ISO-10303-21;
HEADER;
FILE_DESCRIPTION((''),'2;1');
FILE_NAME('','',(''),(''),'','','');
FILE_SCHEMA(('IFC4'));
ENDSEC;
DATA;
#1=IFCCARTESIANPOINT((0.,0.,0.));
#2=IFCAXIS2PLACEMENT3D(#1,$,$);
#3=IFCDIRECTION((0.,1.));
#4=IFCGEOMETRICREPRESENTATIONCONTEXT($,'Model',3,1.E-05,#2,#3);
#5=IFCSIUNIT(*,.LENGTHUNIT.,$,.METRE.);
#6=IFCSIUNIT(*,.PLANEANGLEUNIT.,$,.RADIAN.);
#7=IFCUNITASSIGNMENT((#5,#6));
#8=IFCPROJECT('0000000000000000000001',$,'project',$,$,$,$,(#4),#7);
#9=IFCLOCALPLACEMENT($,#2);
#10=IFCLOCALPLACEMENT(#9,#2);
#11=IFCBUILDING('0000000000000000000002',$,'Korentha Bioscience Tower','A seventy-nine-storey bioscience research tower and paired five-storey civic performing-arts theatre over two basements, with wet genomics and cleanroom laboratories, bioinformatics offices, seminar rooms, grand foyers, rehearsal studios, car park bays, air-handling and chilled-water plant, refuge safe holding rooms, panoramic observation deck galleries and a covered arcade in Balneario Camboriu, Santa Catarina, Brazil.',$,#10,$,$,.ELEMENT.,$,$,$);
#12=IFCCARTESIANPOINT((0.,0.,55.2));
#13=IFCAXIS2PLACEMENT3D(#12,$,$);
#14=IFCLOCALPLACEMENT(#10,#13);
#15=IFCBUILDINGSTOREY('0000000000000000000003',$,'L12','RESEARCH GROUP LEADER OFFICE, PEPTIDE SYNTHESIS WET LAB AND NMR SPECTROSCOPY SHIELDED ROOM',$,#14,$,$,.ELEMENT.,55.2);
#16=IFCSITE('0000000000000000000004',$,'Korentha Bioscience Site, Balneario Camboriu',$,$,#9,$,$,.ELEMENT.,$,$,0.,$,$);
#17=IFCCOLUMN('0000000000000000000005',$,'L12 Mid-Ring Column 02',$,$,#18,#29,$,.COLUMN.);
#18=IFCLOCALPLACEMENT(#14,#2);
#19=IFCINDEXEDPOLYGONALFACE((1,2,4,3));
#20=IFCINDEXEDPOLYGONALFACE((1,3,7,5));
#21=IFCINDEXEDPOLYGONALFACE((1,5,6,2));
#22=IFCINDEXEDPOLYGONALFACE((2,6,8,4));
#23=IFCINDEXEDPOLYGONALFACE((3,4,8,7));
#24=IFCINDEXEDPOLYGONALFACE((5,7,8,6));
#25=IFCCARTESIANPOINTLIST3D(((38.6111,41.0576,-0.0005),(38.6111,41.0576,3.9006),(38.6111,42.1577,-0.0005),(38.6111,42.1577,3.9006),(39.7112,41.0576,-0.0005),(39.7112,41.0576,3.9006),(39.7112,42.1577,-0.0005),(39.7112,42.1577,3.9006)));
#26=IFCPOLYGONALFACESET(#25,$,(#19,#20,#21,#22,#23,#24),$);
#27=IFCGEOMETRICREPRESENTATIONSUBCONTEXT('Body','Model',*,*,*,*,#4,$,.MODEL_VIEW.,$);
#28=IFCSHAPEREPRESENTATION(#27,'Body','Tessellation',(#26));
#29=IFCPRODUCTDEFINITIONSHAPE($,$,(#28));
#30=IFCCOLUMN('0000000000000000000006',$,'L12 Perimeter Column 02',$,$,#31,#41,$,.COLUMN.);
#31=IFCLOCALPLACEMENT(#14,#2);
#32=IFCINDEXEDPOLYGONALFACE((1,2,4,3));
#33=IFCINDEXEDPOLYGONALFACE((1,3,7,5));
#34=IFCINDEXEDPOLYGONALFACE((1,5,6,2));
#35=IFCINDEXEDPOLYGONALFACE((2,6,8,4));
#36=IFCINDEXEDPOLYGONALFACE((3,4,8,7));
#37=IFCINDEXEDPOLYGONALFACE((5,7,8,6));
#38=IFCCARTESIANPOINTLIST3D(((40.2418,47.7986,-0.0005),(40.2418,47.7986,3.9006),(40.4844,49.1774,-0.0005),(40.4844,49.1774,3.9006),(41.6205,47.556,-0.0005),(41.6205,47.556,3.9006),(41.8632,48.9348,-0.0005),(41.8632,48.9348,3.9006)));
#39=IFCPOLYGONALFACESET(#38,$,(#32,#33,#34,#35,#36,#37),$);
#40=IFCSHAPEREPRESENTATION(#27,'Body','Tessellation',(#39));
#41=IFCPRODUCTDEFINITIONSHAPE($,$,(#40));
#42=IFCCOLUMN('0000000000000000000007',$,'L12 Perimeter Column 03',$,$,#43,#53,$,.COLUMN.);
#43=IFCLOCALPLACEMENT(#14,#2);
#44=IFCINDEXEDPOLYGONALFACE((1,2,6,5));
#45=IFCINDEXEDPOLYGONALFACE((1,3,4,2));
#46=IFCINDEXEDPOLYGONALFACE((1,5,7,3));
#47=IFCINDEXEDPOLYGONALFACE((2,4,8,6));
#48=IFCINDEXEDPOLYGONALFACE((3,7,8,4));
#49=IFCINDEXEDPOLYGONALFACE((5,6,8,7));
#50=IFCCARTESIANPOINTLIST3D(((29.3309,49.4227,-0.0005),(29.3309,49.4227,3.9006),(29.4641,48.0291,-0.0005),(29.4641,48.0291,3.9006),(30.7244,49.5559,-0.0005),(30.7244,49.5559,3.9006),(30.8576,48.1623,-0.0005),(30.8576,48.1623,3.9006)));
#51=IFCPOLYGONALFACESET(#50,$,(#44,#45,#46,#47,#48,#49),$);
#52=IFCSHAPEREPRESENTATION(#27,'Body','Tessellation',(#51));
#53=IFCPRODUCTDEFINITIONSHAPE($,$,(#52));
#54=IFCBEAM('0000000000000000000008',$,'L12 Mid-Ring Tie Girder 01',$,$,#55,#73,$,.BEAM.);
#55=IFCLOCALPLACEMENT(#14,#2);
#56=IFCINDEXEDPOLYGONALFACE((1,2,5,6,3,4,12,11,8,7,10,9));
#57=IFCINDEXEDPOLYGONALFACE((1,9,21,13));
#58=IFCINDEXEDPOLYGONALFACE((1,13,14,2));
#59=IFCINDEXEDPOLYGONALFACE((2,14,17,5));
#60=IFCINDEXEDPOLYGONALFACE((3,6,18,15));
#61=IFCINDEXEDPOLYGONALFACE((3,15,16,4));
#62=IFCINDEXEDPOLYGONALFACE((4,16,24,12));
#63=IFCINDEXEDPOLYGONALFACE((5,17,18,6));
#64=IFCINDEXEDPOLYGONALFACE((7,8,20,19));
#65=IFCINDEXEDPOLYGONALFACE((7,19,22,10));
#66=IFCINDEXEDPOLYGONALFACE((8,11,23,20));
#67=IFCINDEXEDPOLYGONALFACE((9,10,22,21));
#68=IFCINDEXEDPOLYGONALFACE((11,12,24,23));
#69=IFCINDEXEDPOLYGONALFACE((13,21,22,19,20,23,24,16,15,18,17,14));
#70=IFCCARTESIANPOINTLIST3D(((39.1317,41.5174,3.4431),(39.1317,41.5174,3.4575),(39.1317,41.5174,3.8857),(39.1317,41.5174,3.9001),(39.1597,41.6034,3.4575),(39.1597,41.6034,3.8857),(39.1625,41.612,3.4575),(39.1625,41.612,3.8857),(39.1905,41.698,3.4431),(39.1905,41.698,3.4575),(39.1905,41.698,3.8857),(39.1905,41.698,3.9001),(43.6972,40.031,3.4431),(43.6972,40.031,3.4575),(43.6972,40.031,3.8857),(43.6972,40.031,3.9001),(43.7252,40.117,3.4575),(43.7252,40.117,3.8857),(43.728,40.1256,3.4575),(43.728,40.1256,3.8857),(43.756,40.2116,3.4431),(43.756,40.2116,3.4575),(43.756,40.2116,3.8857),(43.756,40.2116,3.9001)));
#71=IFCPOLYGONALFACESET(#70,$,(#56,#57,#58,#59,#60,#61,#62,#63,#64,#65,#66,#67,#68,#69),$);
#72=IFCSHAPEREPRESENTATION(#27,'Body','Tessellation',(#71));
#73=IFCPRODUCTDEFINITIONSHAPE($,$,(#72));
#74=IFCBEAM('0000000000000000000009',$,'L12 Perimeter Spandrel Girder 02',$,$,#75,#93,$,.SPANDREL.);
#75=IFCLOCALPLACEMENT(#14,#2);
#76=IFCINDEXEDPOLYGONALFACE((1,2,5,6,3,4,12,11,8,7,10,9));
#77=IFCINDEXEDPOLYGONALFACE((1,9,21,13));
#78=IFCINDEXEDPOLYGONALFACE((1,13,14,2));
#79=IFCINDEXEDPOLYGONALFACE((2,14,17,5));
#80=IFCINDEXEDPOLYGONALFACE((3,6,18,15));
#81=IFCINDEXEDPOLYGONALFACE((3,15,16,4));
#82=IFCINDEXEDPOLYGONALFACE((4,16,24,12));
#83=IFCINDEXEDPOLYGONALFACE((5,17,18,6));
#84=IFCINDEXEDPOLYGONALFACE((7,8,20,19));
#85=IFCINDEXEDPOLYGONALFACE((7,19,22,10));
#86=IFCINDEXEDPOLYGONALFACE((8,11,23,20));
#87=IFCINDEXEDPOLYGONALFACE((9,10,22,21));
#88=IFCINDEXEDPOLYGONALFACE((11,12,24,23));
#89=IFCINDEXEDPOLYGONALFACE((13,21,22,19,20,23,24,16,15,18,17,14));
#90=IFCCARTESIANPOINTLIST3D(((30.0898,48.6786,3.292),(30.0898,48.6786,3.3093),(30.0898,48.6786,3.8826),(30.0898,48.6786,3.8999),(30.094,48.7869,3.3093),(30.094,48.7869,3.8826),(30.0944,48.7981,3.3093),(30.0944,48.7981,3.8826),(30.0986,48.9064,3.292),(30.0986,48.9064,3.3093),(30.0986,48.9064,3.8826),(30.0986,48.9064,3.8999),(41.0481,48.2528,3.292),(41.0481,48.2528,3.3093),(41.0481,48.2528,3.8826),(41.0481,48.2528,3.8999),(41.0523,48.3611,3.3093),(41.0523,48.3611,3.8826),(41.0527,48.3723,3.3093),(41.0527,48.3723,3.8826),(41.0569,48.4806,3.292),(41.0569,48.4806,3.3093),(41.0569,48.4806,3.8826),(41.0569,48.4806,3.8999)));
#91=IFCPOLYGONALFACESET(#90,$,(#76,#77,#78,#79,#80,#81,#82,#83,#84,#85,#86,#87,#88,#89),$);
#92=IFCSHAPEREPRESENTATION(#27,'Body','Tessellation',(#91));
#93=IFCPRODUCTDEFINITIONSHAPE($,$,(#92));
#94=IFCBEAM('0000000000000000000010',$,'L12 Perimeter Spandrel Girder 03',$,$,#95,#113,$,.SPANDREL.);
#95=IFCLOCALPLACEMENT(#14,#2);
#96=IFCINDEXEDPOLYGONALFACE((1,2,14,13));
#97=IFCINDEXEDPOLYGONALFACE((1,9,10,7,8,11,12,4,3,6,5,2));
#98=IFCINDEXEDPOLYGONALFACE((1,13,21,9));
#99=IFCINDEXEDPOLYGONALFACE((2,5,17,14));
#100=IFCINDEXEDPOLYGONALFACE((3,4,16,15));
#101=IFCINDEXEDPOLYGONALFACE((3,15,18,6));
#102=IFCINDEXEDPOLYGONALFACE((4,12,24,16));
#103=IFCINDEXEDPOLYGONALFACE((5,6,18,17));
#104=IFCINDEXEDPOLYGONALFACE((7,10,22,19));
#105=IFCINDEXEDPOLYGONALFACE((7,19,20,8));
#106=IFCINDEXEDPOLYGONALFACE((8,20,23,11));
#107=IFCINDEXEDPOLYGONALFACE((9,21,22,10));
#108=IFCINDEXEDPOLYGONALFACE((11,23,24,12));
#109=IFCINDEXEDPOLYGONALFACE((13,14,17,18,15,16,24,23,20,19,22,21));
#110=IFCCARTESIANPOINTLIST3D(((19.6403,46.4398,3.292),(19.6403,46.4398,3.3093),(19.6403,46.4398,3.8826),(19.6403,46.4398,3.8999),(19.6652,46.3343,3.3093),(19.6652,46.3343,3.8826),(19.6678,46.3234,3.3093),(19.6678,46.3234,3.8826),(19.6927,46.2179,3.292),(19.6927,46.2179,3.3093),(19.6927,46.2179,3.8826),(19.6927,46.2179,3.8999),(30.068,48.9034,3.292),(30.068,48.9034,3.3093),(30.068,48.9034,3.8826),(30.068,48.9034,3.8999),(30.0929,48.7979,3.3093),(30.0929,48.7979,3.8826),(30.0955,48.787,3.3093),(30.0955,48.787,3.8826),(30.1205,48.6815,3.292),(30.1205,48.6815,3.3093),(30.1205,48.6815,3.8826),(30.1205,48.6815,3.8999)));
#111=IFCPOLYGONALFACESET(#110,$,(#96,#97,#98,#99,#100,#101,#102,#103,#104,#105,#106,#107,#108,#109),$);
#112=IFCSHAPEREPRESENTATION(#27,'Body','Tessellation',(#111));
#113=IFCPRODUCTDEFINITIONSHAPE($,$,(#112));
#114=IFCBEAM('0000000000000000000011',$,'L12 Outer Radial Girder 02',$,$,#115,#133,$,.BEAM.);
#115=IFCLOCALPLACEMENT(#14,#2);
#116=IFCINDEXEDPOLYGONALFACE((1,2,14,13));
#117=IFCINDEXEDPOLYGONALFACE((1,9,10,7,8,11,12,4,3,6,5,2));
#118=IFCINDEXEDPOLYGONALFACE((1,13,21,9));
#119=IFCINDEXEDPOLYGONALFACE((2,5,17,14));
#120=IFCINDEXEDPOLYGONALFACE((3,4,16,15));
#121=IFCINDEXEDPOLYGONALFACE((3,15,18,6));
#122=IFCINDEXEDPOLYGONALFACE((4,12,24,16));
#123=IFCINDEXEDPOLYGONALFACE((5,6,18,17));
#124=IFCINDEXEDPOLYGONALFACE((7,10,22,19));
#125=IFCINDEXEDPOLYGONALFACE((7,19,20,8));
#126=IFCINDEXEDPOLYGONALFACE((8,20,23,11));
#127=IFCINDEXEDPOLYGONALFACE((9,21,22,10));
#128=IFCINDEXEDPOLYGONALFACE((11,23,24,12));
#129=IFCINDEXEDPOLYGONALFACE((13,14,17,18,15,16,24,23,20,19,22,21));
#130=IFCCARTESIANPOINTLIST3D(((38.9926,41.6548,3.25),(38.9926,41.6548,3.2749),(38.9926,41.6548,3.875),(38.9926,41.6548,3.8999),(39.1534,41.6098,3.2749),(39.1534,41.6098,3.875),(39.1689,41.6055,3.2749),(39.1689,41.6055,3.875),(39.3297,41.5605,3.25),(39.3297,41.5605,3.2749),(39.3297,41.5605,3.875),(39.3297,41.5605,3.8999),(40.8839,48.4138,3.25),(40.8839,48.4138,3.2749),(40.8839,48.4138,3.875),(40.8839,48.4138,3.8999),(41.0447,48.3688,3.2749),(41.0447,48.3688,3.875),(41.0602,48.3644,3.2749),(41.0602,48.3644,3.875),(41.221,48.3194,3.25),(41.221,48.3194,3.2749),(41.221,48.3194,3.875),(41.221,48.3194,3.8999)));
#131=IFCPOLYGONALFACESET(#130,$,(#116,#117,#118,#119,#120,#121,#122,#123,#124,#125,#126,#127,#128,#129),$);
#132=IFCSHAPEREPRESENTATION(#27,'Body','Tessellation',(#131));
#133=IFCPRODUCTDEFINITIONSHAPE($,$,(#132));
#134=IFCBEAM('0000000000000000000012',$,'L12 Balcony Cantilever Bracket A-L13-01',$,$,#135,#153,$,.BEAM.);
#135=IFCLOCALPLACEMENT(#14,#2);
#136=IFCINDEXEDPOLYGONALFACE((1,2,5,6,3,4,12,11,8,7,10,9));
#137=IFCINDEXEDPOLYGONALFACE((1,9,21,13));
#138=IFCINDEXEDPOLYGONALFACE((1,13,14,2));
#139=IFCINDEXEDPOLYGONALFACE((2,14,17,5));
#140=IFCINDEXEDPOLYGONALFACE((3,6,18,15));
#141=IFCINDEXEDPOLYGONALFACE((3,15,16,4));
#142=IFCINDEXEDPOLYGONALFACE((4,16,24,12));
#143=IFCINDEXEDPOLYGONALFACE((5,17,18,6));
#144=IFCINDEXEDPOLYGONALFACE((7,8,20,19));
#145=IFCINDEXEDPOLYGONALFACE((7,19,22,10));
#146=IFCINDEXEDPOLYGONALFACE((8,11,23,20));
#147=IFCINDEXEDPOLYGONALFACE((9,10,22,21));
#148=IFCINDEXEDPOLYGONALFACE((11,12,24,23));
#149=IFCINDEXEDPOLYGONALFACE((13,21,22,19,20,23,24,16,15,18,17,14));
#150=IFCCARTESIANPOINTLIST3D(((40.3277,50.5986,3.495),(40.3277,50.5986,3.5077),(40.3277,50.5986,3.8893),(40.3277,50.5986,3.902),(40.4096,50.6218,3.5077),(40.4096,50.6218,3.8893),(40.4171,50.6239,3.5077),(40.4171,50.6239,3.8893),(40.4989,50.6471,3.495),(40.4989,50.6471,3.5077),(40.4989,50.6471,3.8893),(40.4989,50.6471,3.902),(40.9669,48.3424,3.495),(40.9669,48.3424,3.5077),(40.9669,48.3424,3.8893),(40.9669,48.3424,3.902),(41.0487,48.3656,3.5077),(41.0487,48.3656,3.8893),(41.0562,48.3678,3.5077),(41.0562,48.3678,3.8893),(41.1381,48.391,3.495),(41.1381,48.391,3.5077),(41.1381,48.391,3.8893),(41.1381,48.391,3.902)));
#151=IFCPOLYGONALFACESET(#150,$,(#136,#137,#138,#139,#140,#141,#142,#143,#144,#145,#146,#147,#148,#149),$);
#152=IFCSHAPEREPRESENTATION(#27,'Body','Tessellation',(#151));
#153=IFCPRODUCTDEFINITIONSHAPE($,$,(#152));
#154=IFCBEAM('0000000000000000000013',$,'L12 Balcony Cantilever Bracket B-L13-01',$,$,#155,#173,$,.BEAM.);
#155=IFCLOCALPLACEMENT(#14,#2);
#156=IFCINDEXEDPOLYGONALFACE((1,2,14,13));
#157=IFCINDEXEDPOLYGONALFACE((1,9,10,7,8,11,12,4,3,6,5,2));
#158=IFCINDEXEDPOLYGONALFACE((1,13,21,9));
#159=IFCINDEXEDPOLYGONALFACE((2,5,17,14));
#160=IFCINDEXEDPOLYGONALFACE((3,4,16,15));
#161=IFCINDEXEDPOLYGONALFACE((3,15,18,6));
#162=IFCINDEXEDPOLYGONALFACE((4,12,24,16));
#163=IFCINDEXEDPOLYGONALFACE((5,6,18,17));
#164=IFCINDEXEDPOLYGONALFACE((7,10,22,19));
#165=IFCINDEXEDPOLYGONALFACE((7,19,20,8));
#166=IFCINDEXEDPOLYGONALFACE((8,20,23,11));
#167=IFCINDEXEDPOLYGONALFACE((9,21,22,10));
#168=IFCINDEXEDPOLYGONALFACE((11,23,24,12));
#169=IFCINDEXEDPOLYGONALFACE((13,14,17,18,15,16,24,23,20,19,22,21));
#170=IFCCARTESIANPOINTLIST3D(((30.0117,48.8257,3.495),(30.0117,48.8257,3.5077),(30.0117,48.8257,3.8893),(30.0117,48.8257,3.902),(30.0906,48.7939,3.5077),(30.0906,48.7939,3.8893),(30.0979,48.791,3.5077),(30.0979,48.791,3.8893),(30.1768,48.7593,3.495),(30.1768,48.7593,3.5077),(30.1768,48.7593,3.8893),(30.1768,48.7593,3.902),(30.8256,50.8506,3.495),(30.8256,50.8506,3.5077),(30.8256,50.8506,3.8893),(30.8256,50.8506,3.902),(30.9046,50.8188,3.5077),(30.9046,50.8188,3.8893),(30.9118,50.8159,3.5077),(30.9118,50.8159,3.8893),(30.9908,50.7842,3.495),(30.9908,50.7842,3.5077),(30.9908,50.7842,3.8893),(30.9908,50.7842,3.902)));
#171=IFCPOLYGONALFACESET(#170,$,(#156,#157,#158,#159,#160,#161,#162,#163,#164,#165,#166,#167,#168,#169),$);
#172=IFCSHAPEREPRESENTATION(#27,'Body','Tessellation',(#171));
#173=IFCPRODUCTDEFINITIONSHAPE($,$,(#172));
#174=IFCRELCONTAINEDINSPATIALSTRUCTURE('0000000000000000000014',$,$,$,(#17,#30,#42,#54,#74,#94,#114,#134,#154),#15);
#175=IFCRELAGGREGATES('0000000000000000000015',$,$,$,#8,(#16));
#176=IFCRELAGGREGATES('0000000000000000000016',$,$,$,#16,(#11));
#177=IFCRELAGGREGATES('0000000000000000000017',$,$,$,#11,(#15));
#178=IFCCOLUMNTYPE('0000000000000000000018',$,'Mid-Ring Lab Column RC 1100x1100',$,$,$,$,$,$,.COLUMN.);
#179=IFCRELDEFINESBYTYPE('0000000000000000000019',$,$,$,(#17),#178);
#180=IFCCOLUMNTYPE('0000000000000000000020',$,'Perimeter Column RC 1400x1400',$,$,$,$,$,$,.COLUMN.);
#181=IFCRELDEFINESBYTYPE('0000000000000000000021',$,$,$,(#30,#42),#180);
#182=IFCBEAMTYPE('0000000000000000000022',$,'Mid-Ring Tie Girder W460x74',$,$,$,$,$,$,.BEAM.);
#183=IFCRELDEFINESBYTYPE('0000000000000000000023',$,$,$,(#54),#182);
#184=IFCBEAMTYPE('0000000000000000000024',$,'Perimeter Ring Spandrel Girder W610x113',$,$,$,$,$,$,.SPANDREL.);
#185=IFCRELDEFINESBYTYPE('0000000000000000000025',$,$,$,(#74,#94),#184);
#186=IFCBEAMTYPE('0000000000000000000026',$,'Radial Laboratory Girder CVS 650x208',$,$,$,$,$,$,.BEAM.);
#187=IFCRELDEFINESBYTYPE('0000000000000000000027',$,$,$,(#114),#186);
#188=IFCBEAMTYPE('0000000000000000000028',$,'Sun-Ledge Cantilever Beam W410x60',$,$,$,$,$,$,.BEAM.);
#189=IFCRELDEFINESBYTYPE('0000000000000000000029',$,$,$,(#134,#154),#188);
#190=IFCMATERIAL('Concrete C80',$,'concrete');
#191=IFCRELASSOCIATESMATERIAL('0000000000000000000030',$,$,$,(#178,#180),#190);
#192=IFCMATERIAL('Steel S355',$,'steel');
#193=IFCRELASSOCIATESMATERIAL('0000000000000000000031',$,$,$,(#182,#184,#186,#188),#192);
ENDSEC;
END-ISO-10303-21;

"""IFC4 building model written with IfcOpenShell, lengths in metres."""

from ifc_helpers import new_model, si_unit, direction, frame, origin, origin_2d, place, context, subcontext, project, spatial, rectangle, i_section, extrude, material, material_profile, profile_set, type_object, element, save


model = new_model("IFC4")

# Units and contexts
model_context = context("Model", 3, precision=1e-05, world=origin(), true_north=direction((0.0, 1.0)))
body_context = subcontext(model_context, "Body", "Model", "MODEL_VIEW")
ifc_project = project(units=[si_unit("LENGTHUNIT", "METRE"), si_unit("PLANEANGLEUNIT", "RADIAN")], contexts=[model_context])

# Site, building, storey
site_placement = place(None, origin())
site = spatial("IfcSite", under=ifc_project, at=site_placement, Name="Korentha Bioscience Site, Balneario Camboriu", CompositionType="ELEMENT", RefElevation=0.0)
building_placement = place(site_placement, origin())
building = spatial("IfcBuilding", under=site, at=building_placement, Name="Korentha Bioscience Tower", Description="A seventy-nine-storey bioscience research tower and paired five-storey civic performing-arts theatre over two basements, with wet genomics and cleanroom laboratories, bioinformatics offices, seminar rooms, grand foyers, rehearsal studios, car park bays, air-handling and chilled-water plant, refuge safe holding rooms, panoramic observation deck galleries and a covered arcade in Balneario Camboriu, Santa Catarina, Brazil.", CompositionType="ELEMENT")
storey_placement = place(building_placement, frame((0.0, 0.0, 55.2)))
storey = spatial("IfcBuildingStorey", under=building, at=storey_placement, Name="L12", Description="RESEARCH GROUP LEADER OFFICE, PEPTIDE SYNTHESIS WET LAB AND NMR SPECTROSCOPY SHIELDED ROOM", CompositionType="ELEMENT", Elevation=55.2)

# Columns
ifc_material_1 = material(Name="Concrete C80", Category="concrete")
ifc_material_profile_1 = material_profile(ifc_material_1, rectangle(XDim=1.1001, YDim=1.1001, at=origin_2d()), Name="Concrete C80")
ifc_profile_set_1 = profile_set([ifc_material_profile_1], Name="Concrete C80 (COL-MR11)")
column_type_1 = type_object("IfcColumnType", Name="Mid-Ring Lab Column RC 1100x1100", PredefinedType="COLUMN", material=ifc_profile_set_1)
column_placement = place(storey_placement, frame((39.1611, 41.6077, -0.0005), z_axis=(0.0, 0.0, 1.0), x_axis=(1.0, 0.0, 0.0)))
element("IfcColumn", 1, at=column_placement, inside=storey, type_object=column_type_1, Name="L12 Mid-Ring Column 02", PredefinedType="COLUMN", context=body_context, shape_type="SweptSolid", body=[
    extrude(rectangle(XDim=1.1001, YDim=1.1001, at=origin_2d()), origin(), (0.0, 0.0, 1.0), 3.9011),
])
ifc_material_profile_2 = material_profile(ifc_material_1, rectangle(XDim=1.3999, YDim=1.3999, at=origin_2d()), Name="Concrete C80")
ifc_profile_set_2 = profile_set([ifc_material_profile_2], Name="Concrete C80 (COL-P14)")
column_type_2 = type_object("IfcColumnType", Name="Perimeter Column RC 1400x1400", PredefinedType="COLUMN", material=ifc_profile_set_2)
for number, where, z_axis, x_axis, name in (
    (2, (41.0525, 48.3667, -0.0005), (0.0, 0.0, 1.0), (-0.984868, 0.173304, 0.0), "L12 Perimeter Column 02"),
    (3, (30.0942, 48.7925, -0.0005), (0.0, 0.0, 1.0), (0.995463, 0.095151, 0.0), "L12 Perimeter Column 03"),
):
    element("IfcColumn", number, at=place(storey_placement, frame(where, z_axis=z_axis, x_axis=x_axis)), inside=storey, type_object=column_type_2, Name=name, PredefinedType="COLUMN", context=body_context, shape_type="SweptSolid", body=[
        extrude(rectangle(XDim=1.3999, YDim=1.3999, at=origin_2d()), origin(), (0.0, 0.0, 1.0), 3.9011),
    ])

# Beams
ifc_material_2 = material(Name="Steel S355", Category="steel")
ifc_material_profile_3 = material_profile(ifc_material_2, i_section(OverallWidth=0.1899, OverallDepth=0.457, WebThickness=0.009, FlangeThickness=0.0144, at=origin_2d()), Name="Steel S355")
ifc_profile_set_3 = profile_set([ifc_material_profile_3], Name="Steel S355 (MB-460)")
beam_type_1 = type_object("IfcBeamType", Name="Mid-Ring Tie Girder W460x74", PredefinedType="BEAM", material=ifc_profile_set_3)
beam_1_placement = place(storey_placement, frame((43.7266, 40.1213, 3.6716), z_axis=(-0.950877, 0.309569, 0.0), x_axis=(-0.309569, -0.950877, 0.0)))
element("IfcBeam", 4, at=beam_1_placement, inside=storey, type_object=beam_type_1, Name="L12 Mid-Ring Tie Girder 01", PredefinedType="BEAM", context=body_context, shape_type="SweptSolid", body=[
    extrude(i_section(OverallWidth=0.1899, OverallDepth=0.457, WebThickness=0.009, FlangeThickness=0.0144, at=origin_2d()), origin(), (0.0, 0.0, 1.0), 4.8013),
])
ifc_material_profile_4 = material_profile(ifc_material_2, i_section(OverallWidth=0.228, OverallDepth=0.6079, WebThickness=0.0112, FlangeThickness=0.0173, at=origin_2d()), Name="Steel S355")
ifc_profile_set_4 = profile_set([ifc_material_profile_4], Name="Steel S355 (SB-610)")
beam_type_2 = type_object("IfcBeamType", Name="Perimeter Ring Spandrel Girder W610x113", PredefinedType="SPANDREL", material=ifc_profile_set_4)
beam_2_placement = place(storey_placement, frame((41.0525, 48.3667, 3.5959), z_axis=(-0.999246, 0.038826, 0.0), x_axis=(-0.038826, -0.999246, 0.0)))
element("IfcBeam", 5, at=beam_2_placement, inside=storey, type_object=beam_type_2, Name="L12 Perimeter Spandrel Girder 02", PredefinedType="SPANDREL", context=body_context, shape_type="SweptSolid", body=[
    extrude(i_section(OverallWidth=0.228, OverallDepth=0.6079, WebThickness=0.0112, FlangeThickness=0.0173, at=origin_2d()), origin(), (0.0, 0.0, 1.0), 10.9666),
])
beam_3_placement = place(storey_placement, frame((30.0942, 48.7925, 3.5959), z_axis=(-0.973208, -0.229927, 0.0), x_axis=(0.229927, -0.973208, 0.0)))
element("IfcBeam", 6, at=beam_3_placement, inside=storey, type_object=beam_type_2, Name="L12 Perimeter Spandrel Girder 03", PredefinedType="SPANDREL", context=body_context, shape_type="SweptSolid", body=[
    extrude(i_section(OverallWidth=0.228, OverallDepth=0.6079, WebThickness=0.0112, FlangeThickness=0.0173, at=origin_2d()), origin(), (0.0, 0.0, 1.0), 10.7148),
])
ifc_material_profile_5 = material_profile(ifc_material_2, i_section(OverallWidth=0.3501, OverallDepth=0.6499, WebThickness=0.0161, FlangeThickness=0.0249, at=origin_2d()), Name="Steel S355")
ifc_profile_set_5 = profile_set([ifc_material_profile_5], Name="Steel S355 (RB-650)")
beam_type_3 = type_object("IfcBeamType", Name="Radial Laboratory Girder CVS 650x208", PredefinedType="BEAM", material=ifc_profile_set_5)
beam_4_placement = place(storey_placement, frame((39.1611, 41.6077, 3.575), z_axis=(0.269475, 0.963007, 0.0), x_axis=(-0.963007, 0.269475, 0.0)))
element("IfcBeam", 7, at=beam_4_placement, inside=storey, type_object=beam_type_3, Name="L12 Outer Radial Girder 02", PredefinedType="BEAM", context=body_context, shape_type="SweptSolid", body=[
    extrude(i_section(OverallWidth=0.3501, OverallDepth=0.6499, WebThickness=0.0161, FlangeThickness=0.0249, at=origin_2d()), origin(), (0.0, 0.0, 1.0), 7.0186),
])
ifc_material_profile_6 = material_profile(ifc_material_2, i_section(OverallWidth=0.178, OverallDepth=0.407, WebThickness=0.0078, FlangeThickness=0.0127, at=origin_2d()), Name="Steel S355")
ifc_profile_set_6 = profile_set([ifc_material_profile_6], Name="Steel S355 (CB-410)")
beam_type_4 = type_object("IfcBeamType", Name="Sun-Ledge Cantilever Beam W410x60", PredefinedType="BEAM", material=ifc_profile_set_6)
beam_5_placement = place(storey_placement, frame((41.0525, 48.3667, 3.6985), z_axis=(-0.272575, 0.962134, 0.0), x_axis=(-0.962134, -0.272575, 0.0)))
element("IfcBeam", 8, at=beam_5_placement, inside=storey, type_object=beam_type_4, Name="L12 Balcony Cantilever Bracket A-L13-01", PredefinedType="BEAM", context=body_context, shape_type="SweptSolid", body=[
    extrude(i_section(OverallWidth=0.178, OverallDepth=0.407, WebThickness=0.0078, FlangeThickness=0.0127, at=origin_2d()), origin(), (0.0, 0.0, 1.0), 2.345),
])
beam_6_placement = place(storey_placement, frame((30.0942, 48.7925, 3.6985), z_axis=(0.372972, 0.927843, 0.0), x_axis=(-0.927843, 0.372972, 0.0)))
element("IfcBeam", 9, at=beam_6_placement, inside=storey, type_object=beam_type_4, Name="L12 Balcony Cantilever Bracket B-L13-01", PredefinedType="BEAM", context=body_context, shape_type="SweptSolid", body=[
    extrude(i_section(OverallWidth=0.178, OverallDepth=0.407, WebThickness=0.0078, FlangeThickness=0.0127, at=origin_2d()), origin(), (0.0, 0.0, 1.0), 2.1824),
])

save(model, "model.ifc")
